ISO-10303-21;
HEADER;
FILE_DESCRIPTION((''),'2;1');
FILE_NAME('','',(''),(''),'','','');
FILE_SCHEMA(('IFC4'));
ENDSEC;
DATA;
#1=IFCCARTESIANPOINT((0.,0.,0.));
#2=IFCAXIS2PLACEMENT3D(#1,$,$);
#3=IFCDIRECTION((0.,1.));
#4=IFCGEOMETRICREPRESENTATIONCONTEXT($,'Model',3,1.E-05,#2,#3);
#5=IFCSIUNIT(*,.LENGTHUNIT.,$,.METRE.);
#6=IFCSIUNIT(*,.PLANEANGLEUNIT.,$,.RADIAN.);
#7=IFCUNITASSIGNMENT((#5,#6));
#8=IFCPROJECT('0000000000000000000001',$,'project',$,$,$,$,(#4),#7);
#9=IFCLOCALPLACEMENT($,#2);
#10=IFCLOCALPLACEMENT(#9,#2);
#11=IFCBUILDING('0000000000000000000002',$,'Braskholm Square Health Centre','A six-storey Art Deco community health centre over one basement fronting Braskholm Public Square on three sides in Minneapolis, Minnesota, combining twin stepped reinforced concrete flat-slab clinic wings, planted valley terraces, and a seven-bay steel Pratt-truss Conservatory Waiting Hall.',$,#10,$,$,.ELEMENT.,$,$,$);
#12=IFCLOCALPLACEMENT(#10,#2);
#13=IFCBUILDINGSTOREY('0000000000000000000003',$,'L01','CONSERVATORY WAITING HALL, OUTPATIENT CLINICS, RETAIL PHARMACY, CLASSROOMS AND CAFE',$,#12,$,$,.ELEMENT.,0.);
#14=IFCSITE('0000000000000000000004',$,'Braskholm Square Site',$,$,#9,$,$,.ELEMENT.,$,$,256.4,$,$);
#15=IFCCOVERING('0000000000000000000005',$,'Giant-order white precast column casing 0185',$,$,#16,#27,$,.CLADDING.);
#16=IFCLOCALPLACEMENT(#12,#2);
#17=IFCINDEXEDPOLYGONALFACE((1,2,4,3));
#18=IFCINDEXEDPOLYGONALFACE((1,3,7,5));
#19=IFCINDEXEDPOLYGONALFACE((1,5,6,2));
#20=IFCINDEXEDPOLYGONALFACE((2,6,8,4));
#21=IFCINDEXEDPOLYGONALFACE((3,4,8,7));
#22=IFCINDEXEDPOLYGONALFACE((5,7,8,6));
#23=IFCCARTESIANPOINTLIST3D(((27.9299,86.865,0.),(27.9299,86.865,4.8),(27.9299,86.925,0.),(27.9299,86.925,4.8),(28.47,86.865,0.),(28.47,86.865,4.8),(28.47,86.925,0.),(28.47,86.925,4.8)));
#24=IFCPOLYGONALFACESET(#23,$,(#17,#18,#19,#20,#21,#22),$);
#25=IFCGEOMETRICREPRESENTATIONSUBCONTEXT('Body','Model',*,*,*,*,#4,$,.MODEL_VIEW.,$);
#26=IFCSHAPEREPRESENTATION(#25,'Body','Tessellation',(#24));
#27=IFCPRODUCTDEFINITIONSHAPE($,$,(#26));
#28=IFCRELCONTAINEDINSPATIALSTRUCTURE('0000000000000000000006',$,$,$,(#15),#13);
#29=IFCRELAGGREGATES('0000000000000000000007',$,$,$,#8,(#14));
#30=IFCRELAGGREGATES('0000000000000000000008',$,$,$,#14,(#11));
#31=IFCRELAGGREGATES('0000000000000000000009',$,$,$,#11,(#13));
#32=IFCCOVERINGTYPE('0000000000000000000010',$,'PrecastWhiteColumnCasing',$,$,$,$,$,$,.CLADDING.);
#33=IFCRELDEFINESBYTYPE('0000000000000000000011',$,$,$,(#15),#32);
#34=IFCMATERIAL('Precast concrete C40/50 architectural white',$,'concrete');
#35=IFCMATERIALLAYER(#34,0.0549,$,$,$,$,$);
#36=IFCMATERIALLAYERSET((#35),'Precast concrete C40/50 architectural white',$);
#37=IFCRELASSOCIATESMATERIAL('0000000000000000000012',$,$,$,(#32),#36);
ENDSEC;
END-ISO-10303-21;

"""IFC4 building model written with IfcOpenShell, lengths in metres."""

from ifc_helpers import new_model, si_unit, direction, frame, origin, origin_2d, place, context, subcontext, project, spatial, rectangle, extrude, material, layer, layer_set, type_object, element, save


model = new_model("IFC4")

# Units and contexts
model_context = context("Model", 3, precision=1e-05, world=origin(), true_north=direction((0.0, 1.0)))
body_context = subcontext(model_context, "Body", "Model", "MODEL_VIEW")
ifc_project = project(units=[si_unit("LENGTHUNIT", "METRE"), si_unit("PLANEANGLEUNIT", "RADIAN")], contexts=[model_context])

# Site, building, storey
site_placement = place(None, origin())
site = spatial("IfcSite", under=ifc_project, at=site_placement, Name="Braskholm Square Site", CompositionType="ELEMENT", RefElevation=256.4)
building_placement = place(site_placement, origin())
building = spatial("IfcBuilding", under=site, at=building_placement, Name="Braskholm Square Health Centre", Description="A six-storey Art Deco community health centre over one basement fronting Braskholm Public Square on three sides in Minneapolis, Minnesota, combining twin stepped reinforced concrete flat-slab clinic wings, planted valley terraces, and a seven-bay steel Pratt-truss Conservatory Waiting Hall.", CompositionType="ELEMENT")
storey_placement = place(building_placement, origin())
storey = spatial("IfcBuildingStorey", under=building, at=storey_placement, Name="L01", Description="CONSERVATORY WAITING HALL, OUTPATIENT CLINICS, RETAIL PHARMACY, CLASSROOMS AND CAFE", CompositionType="ELEMENT", Elevation=0.0)

# Shared definitions
ifc_material_1 = material(Name="Precast concrete C40/50 architectural white", Category="concrete")

# Covering
ifc_layer_1 = layer(ifc_material_1, 0.0549)
ifc_layer_set_1 = layer_set([ifc_layer_1], Name="Precast concrete C40/50 architectural white")
covering_type = type_object("IfcCoveringType", Name="PrecastWhiteColumnCasing", PredefinedType="CLADDING", material=ifc_layer_set_1)
covering_1_placement = place(storey_placement, frame((28.2, 86.895, 0.0), z_axis=(0.0, 0.0, 1.0), x_axis=(1.0, 0.0, 0.0)))
element("IfcCovering", 1, at=covering_1_placement, inside=storey, type_object=covering_type, Name="Giant-order white precast column casing 0185", PredefinedType="CLADDING", context=body_context, shape_type="SweptSolid", body=[
    extrude(rectangle(XDim=0.54, YDim=0.0601, at=origin_2d()), origin(), (0.0, 0.0, 1.0), 4.8),
])

save(model, "model.ifc")
